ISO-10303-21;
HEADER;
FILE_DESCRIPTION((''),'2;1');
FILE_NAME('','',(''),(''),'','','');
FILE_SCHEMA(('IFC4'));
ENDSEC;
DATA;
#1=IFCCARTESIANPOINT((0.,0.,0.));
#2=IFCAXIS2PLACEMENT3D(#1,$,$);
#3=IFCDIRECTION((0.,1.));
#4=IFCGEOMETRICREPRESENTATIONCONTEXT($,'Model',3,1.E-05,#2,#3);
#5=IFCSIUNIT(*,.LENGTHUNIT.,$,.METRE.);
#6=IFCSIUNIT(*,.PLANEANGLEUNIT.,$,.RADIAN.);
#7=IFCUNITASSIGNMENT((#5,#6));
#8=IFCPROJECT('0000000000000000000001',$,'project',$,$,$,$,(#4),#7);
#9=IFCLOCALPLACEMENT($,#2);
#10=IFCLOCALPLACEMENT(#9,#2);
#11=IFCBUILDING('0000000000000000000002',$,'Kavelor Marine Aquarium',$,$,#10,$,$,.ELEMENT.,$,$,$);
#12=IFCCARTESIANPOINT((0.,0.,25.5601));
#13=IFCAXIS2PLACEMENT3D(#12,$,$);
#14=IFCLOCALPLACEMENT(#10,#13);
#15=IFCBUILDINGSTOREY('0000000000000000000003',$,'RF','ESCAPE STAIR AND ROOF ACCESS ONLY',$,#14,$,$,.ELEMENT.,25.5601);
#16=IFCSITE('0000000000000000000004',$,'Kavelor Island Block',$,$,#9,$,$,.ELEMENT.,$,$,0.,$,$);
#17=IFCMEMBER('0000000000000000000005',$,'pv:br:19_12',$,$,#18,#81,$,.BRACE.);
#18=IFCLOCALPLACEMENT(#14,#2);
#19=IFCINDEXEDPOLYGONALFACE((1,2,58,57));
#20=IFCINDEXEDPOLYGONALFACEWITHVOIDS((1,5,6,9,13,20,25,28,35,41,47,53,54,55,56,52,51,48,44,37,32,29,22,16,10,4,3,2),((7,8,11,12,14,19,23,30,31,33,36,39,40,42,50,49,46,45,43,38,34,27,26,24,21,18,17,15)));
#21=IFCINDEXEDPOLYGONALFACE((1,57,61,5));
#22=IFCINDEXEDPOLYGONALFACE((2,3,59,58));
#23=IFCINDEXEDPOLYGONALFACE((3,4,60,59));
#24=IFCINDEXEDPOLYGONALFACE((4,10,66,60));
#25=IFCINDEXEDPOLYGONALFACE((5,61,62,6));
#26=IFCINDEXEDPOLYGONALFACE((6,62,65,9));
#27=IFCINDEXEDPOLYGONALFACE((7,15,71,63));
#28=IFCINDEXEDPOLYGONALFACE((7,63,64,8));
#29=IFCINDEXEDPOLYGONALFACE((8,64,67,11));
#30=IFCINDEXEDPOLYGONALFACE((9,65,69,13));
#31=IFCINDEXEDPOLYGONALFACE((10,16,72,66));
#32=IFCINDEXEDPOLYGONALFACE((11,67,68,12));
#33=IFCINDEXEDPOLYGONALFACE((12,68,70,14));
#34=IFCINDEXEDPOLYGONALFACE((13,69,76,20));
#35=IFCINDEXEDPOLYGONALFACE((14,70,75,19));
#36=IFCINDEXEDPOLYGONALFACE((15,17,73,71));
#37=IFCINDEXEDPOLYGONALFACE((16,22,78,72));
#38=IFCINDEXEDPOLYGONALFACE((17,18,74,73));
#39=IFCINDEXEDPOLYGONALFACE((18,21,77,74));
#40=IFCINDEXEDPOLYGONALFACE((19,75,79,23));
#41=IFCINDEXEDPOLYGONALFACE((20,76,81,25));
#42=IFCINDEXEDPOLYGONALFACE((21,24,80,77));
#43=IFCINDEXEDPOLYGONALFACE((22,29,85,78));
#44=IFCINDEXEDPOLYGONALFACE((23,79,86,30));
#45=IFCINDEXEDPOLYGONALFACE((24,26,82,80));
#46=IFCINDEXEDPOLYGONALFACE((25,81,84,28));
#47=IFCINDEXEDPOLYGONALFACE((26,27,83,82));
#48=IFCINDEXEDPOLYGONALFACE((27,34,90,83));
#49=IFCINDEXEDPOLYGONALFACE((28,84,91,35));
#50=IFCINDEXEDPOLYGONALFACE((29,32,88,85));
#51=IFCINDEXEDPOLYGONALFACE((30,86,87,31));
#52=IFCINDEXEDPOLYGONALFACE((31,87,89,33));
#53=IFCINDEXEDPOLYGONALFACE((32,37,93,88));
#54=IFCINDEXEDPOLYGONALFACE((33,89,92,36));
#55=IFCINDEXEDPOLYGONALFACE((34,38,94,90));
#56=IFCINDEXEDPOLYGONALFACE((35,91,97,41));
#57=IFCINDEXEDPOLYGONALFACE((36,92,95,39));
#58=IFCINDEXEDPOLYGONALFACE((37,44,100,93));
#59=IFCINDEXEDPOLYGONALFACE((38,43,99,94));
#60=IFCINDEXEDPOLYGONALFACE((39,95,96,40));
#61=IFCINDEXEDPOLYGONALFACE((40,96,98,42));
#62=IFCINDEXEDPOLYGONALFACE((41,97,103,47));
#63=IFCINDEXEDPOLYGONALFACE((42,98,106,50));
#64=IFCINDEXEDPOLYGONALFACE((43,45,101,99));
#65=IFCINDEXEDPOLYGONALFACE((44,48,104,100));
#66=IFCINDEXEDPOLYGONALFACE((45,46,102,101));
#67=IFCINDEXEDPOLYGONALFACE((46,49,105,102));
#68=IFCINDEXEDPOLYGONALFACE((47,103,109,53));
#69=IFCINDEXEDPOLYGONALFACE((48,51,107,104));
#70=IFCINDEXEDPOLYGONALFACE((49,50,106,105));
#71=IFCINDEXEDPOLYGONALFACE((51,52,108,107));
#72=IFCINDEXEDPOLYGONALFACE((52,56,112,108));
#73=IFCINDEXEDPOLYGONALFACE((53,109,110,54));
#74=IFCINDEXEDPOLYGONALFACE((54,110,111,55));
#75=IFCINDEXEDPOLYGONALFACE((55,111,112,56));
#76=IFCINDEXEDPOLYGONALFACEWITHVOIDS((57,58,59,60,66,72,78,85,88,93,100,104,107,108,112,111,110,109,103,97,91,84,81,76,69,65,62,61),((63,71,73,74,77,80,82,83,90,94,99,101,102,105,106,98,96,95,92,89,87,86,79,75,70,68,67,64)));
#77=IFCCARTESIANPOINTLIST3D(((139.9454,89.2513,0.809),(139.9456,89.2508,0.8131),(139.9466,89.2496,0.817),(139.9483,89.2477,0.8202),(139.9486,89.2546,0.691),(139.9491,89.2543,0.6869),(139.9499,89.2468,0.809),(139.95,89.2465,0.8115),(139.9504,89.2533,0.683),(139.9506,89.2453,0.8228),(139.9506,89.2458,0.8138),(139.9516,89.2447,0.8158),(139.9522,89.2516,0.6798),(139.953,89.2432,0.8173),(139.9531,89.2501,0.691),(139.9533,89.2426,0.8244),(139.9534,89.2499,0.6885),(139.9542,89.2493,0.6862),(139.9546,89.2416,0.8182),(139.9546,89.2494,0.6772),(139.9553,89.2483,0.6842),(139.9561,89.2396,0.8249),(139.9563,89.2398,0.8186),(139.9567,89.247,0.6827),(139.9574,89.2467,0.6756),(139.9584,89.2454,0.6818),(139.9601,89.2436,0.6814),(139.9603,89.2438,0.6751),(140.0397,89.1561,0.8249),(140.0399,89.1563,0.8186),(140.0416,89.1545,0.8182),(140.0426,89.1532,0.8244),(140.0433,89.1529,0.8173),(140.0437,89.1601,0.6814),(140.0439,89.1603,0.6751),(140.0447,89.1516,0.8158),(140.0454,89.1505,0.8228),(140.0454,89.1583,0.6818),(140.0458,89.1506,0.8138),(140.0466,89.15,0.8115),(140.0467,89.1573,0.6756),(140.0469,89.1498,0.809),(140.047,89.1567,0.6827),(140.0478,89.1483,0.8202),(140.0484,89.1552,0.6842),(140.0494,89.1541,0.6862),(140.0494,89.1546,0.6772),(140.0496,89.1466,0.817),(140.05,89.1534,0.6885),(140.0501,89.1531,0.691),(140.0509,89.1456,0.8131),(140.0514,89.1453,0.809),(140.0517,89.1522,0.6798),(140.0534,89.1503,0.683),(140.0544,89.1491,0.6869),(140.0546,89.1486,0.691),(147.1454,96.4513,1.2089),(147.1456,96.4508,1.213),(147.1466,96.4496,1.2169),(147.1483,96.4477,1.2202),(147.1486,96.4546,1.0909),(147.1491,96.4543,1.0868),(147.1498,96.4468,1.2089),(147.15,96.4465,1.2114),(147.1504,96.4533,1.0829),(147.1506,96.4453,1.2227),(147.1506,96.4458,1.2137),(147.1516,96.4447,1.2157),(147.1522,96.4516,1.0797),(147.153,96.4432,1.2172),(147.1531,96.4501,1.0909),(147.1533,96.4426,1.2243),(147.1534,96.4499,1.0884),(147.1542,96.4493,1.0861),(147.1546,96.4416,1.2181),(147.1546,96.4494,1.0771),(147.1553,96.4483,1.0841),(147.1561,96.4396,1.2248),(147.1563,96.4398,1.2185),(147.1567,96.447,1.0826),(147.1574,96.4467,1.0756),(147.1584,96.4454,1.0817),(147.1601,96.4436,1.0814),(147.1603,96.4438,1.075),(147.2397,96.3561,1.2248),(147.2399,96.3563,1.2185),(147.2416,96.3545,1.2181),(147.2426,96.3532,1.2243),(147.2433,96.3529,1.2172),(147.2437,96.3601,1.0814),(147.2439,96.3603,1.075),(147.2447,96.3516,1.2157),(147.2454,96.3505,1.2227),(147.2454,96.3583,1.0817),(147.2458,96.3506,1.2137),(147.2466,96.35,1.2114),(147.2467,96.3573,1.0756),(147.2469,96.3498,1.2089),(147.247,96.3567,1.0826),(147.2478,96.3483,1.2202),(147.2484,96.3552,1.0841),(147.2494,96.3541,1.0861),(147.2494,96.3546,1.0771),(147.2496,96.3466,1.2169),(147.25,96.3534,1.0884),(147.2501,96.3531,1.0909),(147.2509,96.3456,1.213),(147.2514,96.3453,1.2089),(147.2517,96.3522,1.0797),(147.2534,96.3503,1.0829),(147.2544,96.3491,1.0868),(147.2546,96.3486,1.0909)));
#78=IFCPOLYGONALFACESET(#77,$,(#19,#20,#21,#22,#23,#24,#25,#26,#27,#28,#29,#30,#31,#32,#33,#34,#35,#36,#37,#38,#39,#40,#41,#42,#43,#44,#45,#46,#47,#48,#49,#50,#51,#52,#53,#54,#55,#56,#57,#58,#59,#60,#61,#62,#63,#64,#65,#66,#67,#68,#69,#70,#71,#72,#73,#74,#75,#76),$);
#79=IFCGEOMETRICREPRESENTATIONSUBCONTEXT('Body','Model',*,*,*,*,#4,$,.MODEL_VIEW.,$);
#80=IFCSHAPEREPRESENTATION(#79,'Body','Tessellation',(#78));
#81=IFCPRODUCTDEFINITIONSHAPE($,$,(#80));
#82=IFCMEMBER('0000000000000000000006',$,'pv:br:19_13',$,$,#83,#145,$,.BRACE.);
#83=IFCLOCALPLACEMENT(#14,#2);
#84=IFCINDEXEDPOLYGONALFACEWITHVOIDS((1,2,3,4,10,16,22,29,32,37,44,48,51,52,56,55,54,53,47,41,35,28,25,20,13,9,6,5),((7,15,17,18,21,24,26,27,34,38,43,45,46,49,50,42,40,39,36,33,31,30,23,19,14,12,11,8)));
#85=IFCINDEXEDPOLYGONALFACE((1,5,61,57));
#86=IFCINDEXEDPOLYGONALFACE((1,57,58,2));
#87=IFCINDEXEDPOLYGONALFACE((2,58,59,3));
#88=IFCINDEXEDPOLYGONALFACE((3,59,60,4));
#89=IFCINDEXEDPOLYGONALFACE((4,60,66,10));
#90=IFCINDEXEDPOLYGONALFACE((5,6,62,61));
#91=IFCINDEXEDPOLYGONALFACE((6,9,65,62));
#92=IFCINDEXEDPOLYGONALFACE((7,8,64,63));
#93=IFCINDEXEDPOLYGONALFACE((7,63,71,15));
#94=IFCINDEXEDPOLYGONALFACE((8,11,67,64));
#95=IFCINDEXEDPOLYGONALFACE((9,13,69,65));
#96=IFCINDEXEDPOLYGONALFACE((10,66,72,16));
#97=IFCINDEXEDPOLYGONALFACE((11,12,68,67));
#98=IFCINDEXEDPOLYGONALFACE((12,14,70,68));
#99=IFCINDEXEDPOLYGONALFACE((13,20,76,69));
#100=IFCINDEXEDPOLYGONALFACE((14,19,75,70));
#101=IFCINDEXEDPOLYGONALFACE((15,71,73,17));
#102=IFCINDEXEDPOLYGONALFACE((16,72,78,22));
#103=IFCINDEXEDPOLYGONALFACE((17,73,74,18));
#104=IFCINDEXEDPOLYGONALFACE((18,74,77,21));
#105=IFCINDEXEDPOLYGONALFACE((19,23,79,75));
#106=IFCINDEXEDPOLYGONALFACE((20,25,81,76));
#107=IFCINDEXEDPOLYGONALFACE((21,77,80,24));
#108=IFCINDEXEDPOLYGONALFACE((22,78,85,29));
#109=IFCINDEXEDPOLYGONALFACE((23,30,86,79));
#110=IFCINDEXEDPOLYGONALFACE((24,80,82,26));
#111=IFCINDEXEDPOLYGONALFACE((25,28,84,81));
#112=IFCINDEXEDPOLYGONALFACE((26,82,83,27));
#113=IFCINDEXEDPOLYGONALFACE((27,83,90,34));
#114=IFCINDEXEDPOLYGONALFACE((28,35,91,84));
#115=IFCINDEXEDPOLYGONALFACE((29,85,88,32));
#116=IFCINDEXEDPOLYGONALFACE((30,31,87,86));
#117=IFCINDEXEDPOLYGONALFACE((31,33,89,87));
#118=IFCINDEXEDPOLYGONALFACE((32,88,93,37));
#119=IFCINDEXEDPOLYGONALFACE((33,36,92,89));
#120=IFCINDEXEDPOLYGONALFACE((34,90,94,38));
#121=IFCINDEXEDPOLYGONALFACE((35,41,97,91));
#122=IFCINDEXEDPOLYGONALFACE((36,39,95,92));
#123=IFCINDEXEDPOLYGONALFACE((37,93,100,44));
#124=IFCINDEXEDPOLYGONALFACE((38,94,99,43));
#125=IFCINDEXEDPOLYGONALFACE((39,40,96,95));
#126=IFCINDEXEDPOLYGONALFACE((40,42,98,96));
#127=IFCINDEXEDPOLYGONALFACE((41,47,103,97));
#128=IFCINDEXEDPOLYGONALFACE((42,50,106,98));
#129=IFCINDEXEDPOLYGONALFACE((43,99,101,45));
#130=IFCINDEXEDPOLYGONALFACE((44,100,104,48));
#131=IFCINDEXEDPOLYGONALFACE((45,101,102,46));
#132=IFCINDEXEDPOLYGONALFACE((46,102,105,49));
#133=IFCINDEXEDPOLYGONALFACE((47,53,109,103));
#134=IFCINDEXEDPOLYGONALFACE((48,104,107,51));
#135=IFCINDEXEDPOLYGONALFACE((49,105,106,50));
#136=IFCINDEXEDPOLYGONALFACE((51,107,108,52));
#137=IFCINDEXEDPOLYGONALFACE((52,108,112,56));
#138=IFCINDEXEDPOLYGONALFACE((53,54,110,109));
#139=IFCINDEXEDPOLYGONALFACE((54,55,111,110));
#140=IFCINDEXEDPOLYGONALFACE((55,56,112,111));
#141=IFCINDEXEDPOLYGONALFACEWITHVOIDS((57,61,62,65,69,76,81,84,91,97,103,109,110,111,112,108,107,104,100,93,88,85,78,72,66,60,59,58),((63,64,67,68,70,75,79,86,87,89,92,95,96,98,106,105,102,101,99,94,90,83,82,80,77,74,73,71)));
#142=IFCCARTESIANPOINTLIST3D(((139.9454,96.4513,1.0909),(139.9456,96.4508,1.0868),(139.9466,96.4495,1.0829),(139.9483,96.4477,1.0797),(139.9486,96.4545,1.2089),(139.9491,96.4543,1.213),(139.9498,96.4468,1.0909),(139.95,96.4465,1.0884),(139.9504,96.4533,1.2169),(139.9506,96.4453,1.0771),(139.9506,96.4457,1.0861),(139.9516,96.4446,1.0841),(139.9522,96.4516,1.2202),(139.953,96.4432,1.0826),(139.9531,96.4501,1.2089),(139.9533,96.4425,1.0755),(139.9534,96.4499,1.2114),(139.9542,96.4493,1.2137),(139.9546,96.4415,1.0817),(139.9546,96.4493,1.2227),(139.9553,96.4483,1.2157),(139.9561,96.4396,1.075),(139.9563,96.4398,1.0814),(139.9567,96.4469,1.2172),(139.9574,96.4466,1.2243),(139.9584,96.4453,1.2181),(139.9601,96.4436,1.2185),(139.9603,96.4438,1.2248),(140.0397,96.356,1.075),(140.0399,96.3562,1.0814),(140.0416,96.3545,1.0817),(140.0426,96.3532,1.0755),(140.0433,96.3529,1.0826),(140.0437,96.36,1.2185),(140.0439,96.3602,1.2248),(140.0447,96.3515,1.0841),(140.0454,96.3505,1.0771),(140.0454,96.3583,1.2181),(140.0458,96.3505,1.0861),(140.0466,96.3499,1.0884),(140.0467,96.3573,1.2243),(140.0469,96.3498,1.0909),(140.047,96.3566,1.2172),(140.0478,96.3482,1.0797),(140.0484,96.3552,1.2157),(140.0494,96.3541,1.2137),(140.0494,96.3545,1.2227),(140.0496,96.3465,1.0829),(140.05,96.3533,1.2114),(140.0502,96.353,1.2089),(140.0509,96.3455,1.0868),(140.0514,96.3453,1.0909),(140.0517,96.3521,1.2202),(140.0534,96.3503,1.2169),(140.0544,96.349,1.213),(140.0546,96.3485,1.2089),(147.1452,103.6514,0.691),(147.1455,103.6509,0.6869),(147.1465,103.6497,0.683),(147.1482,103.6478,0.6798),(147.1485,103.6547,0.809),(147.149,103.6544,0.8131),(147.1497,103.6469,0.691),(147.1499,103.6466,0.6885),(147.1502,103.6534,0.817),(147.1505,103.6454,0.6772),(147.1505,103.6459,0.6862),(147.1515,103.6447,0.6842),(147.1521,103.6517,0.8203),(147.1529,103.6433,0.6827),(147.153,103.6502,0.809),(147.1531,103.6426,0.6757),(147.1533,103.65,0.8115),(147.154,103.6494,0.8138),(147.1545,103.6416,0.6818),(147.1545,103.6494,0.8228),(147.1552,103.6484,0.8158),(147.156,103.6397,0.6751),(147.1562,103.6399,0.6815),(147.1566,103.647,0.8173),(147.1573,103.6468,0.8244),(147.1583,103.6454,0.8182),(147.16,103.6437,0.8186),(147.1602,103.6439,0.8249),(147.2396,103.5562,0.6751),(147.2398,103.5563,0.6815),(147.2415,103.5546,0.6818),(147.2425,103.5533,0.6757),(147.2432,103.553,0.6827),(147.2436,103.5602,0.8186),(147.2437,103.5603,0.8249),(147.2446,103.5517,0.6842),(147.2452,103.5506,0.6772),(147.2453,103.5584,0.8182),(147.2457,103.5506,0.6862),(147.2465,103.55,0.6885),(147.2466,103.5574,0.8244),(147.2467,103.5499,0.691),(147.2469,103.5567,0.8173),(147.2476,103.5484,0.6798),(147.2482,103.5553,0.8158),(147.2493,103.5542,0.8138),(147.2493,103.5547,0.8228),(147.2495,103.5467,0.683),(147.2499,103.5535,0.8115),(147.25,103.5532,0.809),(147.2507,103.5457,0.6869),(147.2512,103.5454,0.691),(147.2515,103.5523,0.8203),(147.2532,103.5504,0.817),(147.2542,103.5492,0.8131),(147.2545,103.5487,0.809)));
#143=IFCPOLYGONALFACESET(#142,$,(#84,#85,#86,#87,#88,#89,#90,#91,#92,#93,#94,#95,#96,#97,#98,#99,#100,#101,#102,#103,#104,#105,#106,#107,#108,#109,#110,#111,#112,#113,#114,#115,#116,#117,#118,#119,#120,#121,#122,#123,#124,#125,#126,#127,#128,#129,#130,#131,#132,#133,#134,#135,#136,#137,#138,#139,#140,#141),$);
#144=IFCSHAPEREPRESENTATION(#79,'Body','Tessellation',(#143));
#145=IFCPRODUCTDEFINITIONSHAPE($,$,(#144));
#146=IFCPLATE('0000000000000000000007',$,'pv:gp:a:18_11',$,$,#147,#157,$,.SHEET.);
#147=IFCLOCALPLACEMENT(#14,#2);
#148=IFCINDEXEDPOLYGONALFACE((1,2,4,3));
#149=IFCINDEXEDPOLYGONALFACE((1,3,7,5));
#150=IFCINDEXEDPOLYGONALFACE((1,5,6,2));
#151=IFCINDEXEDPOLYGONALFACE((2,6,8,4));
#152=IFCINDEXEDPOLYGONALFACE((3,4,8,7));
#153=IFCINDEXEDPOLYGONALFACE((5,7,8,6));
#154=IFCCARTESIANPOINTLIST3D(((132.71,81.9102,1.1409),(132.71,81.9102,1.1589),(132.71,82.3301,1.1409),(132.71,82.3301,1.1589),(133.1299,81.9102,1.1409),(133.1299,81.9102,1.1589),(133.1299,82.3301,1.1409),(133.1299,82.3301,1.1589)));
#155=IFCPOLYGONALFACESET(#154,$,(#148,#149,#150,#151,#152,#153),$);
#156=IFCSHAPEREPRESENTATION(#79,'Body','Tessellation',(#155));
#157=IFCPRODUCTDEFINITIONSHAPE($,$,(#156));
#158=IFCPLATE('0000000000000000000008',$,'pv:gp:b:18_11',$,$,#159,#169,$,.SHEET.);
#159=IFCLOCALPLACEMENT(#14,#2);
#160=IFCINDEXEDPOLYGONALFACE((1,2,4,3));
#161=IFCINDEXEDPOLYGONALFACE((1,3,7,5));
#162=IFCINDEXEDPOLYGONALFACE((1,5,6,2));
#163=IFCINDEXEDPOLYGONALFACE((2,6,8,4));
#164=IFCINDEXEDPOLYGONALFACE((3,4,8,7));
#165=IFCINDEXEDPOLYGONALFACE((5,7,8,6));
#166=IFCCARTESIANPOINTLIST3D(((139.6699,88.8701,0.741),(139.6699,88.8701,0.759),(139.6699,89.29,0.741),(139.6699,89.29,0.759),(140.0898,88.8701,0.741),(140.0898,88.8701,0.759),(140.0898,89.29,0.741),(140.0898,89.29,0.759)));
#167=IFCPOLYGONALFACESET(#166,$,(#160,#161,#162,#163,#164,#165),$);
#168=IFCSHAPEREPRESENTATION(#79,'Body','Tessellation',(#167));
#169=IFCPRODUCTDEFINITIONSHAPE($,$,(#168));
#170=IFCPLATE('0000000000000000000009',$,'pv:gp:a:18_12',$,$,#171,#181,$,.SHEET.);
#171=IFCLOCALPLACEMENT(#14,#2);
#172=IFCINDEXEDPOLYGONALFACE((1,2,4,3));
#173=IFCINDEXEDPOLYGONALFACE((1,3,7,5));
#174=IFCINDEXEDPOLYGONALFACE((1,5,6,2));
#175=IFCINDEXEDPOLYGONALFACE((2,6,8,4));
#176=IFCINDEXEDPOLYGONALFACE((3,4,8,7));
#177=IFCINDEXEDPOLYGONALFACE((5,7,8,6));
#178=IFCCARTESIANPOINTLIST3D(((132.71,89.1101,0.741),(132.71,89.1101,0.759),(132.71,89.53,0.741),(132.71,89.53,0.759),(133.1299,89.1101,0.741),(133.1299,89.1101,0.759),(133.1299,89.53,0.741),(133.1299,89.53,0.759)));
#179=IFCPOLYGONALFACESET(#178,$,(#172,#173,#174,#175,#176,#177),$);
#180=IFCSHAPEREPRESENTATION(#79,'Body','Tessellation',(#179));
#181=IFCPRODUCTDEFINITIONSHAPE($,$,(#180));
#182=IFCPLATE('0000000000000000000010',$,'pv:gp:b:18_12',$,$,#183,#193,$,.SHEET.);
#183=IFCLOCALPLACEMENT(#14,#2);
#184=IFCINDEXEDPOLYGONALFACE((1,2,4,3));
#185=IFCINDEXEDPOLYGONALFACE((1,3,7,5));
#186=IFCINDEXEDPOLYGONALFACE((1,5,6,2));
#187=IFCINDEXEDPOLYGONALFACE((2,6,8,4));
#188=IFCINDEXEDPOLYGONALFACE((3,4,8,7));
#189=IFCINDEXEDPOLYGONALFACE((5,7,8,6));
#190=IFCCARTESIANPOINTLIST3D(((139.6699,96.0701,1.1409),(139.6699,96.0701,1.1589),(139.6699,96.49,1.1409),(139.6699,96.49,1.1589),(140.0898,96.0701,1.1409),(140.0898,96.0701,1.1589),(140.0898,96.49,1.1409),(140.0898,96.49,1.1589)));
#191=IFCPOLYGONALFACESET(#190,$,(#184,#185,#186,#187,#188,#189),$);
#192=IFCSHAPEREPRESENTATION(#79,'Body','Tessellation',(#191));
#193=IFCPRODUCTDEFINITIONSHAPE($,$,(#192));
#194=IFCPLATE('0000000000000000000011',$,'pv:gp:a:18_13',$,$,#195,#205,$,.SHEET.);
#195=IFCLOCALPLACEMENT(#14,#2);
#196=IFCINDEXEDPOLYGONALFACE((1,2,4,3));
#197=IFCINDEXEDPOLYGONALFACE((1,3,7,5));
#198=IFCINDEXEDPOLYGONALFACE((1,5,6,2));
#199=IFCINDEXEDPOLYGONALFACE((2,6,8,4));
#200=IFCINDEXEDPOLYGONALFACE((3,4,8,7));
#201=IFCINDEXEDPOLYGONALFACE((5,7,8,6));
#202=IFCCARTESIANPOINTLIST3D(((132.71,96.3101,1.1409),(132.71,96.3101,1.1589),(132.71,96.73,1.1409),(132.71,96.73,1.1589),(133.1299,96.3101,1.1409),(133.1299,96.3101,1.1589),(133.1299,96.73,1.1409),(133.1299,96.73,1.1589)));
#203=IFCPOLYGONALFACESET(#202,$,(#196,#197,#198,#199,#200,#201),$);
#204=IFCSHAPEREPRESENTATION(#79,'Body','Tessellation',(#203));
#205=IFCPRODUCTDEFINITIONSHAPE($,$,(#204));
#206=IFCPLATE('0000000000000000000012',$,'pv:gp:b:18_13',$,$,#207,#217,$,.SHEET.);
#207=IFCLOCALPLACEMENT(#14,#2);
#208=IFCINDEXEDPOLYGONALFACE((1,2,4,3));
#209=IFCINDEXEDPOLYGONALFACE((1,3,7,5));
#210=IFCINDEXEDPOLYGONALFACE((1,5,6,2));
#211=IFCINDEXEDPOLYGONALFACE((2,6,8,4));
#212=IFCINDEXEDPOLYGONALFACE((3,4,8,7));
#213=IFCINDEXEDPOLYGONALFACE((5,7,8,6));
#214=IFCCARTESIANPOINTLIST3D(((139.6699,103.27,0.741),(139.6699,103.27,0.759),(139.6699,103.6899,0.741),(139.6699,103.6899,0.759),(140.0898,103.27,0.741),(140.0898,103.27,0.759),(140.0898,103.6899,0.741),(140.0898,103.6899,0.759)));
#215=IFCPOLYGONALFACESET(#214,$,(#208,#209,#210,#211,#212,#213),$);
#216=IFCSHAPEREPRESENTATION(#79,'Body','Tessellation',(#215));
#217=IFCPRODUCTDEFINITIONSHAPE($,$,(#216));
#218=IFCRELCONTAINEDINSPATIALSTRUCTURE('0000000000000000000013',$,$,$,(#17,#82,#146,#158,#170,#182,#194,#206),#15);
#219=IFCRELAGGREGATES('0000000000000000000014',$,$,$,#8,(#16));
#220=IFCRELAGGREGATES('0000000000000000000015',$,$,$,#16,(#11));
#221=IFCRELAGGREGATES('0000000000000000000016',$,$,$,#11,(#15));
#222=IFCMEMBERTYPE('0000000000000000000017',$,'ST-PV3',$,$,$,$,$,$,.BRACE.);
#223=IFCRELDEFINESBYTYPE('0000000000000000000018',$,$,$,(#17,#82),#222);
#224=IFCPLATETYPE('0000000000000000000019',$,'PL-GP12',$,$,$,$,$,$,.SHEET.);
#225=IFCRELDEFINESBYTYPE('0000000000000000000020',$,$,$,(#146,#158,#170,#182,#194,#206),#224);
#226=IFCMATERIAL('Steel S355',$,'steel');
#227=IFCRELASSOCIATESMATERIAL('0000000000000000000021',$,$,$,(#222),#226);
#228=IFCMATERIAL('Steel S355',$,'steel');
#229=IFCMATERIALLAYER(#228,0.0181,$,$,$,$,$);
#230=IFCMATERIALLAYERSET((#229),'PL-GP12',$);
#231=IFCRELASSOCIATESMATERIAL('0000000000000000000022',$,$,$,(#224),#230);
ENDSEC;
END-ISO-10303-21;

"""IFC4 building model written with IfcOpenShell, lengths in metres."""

from ifc_helpers import new_model, si_unit, direction, frame, origin, origin_2d, place, context, subcontext, project, spatial, rectangle, hollow_rectangle, extrude, material, layer, layer_set, material_profile, profile_set, type_object, element, save


model = new_model("IFC4")

# Units and contexts
model_context = context("Model", 3, precision=1e-05, world=origin(), true_north=direction((0.0, 1.0)))
body_context = subcontext(model_context, "Body", "Model", "MODEL_VIEW")
ifc_project = project(units=[si_unit("LENGTHUNIT", "METRE"), si_unit("PLANEANGLEUNIT", "RADIAN")], contexts=[model_context])

# Site, building, storey
site_placement = place(None, origin())
site = spatial("IfcSite", under=ifc_project, at=site_placement, Name="Kavelor Island Block", CompositionType="ELEMENT", RefElevation=0.0)
building_placement = place(site_placement, origin())
building = spatial("IfcBuilding", under=site, at=building_placement, Name="Kavelor Marine Aquarium", CompositionType="ELEMENT")
storey_placement = place(building_placement, frame((0.0, 0.0, 25.5601)))
storey = spatial("IfcBuildingStorey", under=building, at=storey_placement, Name="RF", Description="ESCAPE STAIR AND ROOF ACCESS ONLY", CompositionType="ELEMENT", Elevation=25.5601)

# Members
ifc_material_1 = material(Name="Steel S355", Category="steel")
ifc_material_profile_1 = material_profile(ifc_material_1, hollow_rectangle(XDim=0.1499, YDim=0.1499, WallThickness=0.0063, InnerFilletRadius=0.0095, OuterFilletRadius=0.0159, at=origin_2d()), Name="SHS 150x150x6.3")
ifc_profile_set_1 = profile_set([ifc_material_profile_1], Name="Steel S355")
member_type_1 = type_object("IfcMemberType", Name="ST-PV3", PredefinedType="BRACE", material=ifc_profile_set_1)
for number, where, z_axis, x_axis, name in (
    (1, (140.0, 89.2, 0.75), (0.706562, 0.706562, 0.039244), (-0.707107, 0.707107, 0.0), "pv:br:19_12"),
    (2, (140.0, 96.3999, 1.1499), (0.70655, 0.706574, -0.039243), (-0.707119, 0.707095, 0.0), "pv:br:19_13"),
):
    element("IfcMember", number, at=place(storey_placement, frame(where, z_axis=z_axis, x_axis=x_axis)), inside=storey, type_object=member_type_1, Name=name, PredefinedType="BRACE", context=body_context, shape_type="SweptSolid", body=[
        extrude(hollow_rectangle(XDim=0.1499, YDim=0.1499, WallThickness=0.0063, InnerFilletRadius=0.0095, OuterFilletRadius=0.0159, at=origin_2d()), origin(), (0.0, 0.0, 1.0), 10.1902),
    ])

# Plates
ifc_material_2 = material(Name="Steel S355", Category="steel")
ifc_layer_1 = layer(ifc_material_2, 0.0181)
ifc_layer_set_1 = layer_set([ifc_layer_1], Name="PL-GP12")
plate_type = type_object("IfcPlateType", Name="PL-GP12", PredefinedType="SHEET", material=ifc_layer_set_1)
for number, where, z_axis, x_axis, name in (
    (3, (132.9199, 82.1201, 1.1409), (0.0, 0.0, 1.0), (1.0, 0.0, 0.0), "pv:gp:a:18_11"),
    (4, (139.8799, 89.0801, 0.741), (0.0, 0.0, 1.0), (1.0, 0.0, 0.0), "pv:gp:b:18_11"),
    (5, (132.9199, 89.3201, 0.741), (0.0, 0.0, 1.0), (1.0, 0.0, 0.0), "pv:gp:a:18_12"),
    (6, (139.8799, 96.28, 1.1409), (0.0, 0.0, 1.0), (1.0, 0.0, 0.0), "pv:gp:b:18_12"),
    (7, (132.9199, 96.52, 1.1409), (0.0, 0.0, 1.0), (1.0, 0.0, 0.0), "pv:gp:a:18_13"),
    (8, (139.8799, 103.48, 0.741), (0.0, 0.0, 1.0), (1.0, 0.0, 0.0), "pv:gp:b:18_13"),
):
    element("IfcPlate", number, at=place(storey_placement, frame(where, z_axis=z_axis, x_axis=x_axis)), inside=storey, type_object=plate_type, Name=name, PredefinedType="SHEET", context=body_context, shape_type="SweptSolid", body=[
        extrude(rectangle(XDim=0.4199, YDim=0.4199, at=origin_2d()), origin(), (0.0, 0.0, 1.0), 0.0181),
    ])

save(model, "model.ifc")
